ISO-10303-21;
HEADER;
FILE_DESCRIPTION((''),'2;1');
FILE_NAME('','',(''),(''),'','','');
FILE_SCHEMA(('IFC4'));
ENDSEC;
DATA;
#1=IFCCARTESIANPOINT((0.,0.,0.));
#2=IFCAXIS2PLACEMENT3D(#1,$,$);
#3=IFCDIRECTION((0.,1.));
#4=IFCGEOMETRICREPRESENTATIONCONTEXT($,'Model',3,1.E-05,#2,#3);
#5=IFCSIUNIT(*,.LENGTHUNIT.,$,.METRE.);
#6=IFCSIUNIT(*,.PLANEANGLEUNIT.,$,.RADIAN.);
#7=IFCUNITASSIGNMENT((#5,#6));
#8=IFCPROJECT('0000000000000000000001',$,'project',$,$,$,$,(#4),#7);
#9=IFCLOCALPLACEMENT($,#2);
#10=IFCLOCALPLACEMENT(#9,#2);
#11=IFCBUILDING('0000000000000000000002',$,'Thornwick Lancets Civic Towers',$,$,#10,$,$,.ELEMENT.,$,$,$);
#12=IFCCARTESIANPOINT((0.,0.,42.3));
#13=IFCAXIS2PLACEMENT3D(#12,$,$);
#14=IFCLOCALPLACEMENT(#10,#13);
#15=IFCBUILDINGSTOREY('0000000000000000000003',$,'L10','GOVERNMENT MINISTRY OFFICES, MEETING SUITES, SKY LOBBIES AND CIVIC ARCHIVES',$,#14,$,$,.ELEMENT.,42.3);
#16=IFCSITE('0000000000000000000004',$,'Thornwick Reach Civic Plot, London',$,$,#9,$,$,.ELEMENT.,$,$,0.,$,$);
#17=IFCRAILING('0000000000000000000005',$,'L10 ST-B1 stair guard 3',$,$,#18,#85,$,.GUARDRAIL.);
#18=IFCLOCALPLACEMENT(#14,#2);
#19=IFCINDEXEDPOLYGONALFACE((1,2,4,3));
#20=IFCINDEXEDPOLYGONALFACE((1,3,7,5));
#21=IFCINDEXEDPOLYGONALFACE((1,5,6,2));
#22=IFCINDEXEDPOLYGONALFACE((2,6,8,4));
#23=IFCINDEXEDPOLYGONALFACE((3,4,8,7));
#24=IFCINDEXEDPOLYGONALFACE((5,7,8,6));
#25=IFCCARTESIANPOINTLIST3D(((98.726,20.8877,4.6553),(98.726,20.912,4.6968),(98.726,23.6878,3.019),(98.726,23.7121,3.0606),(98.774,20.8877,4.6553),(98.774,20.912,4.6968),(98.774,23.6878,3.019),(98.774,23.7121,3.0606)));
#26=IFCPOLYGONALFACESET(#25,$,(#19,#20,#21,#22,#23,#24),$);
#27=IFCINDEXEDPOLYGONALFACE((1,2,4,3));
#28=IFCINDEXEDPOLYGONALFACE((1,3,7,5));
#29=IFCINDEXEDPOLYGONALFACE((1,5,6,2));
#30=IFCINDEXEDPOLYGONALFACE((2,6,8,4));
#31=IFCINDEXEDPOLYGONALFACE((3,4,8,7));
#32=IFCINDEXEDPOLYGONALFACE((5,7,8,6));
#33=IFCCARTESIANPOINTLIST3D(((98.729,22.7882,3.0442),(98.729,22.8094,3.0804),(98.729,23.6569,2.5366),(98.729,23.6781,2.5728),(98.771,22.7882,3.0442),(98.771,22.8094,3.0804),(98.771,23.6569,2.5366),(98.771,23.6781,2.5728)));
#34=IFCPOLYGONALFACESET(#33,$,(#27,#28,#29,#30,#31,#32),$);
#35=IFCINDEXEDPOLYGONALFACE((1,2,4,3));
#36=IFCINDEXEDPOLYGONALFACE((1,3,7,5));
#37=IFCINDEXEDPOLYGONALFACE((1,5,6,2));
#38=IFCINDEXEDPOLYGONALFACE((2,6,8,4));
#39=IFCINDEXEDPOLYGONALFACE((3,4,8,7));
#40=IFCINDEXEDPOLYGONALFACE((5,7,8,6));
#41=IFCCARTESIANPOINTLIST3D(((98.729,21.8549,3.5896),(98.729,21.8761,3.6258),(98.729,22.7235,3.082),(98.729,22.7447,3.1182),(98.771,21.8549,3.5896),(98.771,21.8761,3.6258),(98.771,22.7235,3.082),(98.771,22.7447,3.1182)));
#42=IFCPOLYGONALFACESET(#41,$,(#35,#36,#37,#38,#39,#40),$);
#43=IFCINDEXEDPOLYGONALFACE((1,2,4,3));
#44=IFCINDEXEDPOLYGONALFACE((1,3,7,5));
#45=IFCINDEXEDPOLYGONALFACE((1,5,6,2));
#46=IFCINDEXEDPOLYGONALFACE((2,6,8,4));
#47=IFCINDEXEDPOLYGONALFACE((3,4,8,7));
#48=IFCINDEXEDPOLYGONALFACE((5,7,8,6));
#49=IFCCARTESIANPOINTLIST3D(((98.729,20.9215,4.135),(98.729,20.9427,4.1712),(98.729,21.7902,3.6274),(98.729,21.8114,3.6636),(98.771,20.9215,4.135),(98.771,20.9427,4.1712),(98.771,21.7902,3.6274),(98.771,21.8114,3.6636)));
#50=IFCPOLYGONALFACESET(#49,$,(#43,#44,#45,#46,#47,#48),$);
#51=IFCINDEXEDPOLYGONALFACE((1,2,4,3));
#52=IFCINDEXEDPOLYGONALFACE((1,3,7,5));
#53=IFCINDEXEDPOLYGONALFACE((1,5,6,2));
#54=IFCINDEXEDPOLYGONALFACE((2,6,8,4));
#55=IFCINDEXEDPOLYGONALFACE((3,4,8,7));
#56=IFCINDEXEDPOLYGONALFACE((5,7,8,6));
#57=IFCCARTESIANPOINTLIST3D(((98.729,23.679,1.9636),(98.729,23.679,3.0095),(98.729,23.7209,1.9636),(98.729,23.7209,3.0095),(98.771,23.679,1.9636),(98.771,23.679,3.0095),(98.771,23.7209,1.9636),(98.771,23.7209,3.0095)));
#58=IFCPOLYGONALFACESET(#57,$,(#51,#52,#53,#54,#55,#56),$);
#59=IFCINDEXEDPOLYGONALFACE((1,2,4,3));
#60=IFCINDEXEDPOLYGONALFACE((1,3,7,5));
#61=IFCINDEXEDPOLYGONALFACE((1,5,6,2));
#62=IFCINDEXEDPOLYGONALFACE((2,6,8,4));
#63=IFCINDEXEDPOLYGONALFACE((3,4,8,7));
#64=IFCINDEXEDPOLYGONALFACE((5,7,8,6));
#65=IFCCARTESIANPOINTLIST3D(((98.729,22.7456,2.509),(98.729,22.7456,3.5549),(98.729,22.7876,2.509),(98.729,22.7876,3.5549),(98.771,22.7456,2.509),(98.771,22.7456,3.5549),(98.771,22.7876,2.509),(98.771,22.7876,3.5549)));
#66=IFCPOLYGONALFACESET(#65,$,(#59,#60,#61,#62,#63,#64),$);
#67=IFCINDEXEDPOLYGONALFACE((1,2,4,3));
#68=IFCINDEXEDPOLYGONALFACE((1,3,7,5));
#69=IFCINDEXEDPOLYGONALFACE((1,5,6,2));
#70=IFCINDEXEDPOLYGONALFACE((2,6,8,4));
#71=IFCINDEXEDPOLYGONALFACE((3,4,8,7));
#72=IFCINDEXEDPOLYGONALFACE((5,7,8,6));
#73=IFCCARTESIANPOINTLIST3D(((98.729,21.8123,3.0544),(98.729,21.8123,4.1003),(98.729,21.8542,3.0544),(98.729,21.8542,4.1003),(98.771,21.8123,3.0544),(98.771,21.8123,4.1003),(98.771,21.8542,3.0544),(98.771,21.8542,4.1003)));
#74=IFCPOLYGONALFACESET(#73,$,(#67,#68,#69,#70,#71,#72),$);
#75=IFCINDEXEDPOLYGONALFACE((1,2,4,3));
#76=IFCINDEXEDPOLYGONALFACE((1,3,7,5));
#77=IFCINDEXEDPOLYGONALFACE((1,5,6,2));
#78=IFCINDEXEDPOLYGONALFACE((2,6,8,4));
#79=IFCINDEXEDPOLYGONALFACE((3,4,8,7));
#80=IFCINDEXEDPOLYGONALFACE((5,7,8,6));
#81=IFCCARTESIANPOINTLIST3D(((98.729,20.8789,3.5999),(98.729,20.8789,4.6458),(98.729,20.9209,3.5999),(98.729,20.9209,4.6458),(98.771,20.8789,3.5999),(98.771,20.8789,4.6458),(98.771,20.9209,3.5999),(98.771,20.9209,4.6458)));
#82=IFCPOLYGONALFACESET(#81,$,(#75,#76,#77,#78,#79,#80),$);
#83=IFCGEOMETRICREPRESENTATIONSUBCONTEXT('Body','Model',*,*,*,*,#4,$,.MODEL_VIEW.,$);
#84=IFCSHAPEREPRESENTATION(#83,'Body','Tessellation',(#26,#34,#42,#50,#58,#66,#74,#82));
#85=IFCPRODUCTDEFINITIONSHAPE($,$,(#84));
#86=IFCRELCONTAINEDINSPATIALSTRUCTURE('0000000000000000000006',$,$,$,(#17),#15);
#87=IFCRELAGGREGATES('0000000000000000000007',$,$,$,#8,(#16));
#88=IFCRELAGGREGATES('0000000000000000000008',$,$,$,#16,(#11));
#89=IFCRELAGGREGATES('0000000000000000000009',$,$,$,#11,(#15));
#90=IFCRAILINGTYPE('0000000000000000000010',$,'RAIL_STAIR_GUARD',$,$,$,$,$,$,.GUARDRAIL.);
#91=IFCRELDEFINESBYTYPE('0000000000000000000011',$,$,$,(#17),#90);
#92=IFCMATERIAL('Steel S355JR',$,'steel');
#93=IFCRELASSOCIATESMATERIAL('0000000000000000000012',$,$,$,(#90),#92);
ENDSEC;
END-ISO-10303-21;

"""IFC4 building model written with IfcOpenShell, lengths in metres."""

from ifc_helpers import new_model, si_unit, direction, frame, origin, origin_2d, place, context, subcontext, project, spatial, rectangle, extrude, material, type_object, element, save


model = new_model("IFC4")

# Units and contexts
model_context = context("Model", 3, precision=1e-05, world=origin(), true_north=direction((0.0, 1.0)))
body_context = subcontext(model_context, "Body", "Model", "MODEL_VIEW")
ifc_project = project(units=[si_unit("LENGTHUNIT", "METRE"), si_unit("PLANEANGLEUNIT", "RADIAN")], contexts=[model_context])

# Site, building, storey
site_placement = place(None, origin())
site = spatial("IfcSite", under=ifc_project, at=site_placement, Name="Thornwick Reach Civic Plot, London", CompositionType="ELEMENT", RefElevation=0.0)
building_placement = place(site_placement, origin())
building = spatial("IfcBuilding", under=site, at=building_placement, Name="Thornwick Lancets Civic Towers", CompositionType="ELEMENT")
storey_placement = place(building_placement, frame((0.0, 0.0, 42.3)))
storey = spatial("IfcBuildingStorey", under=building, at=storey_placement, Name="L10", Description="GOVERNMENT MINISTRY OFFICES, MEETING SUITES, SKY LOBBIES AND CIVIC ARCHIVES", CompositionType="ELEMENT", Elevation=42.3)

# Railing
ifc_material_1 = material(Name="Steel S355JR", Category="steel")
railing_type_1 = type_object("IfcRailingType", Name="RAIL_STAIR_GUARD", PredefinedType="GUARDRAIL", material=ifc_material_1)
railing_1_placement = place(storey_placement, frame((98.75, 23.7, 1.9636)))
element("IfcRailing", 1, at=railing_1_placement, inside=storey, type_object=railing_type_1, Name="L10 ST-B1 stair guard 3", PredefinedType="GUARDRAIL", context=body_context, shape_type="SweptSolid", body=[
    extrude(rectangle(XDim=0.0481, YDim=0.0481, at=origin_2d()), frame((0.0, 0.0, 1.0762), z_axis=(0.0, -0.863394, 0.504531), x_axis=(1.0, 0.0, 0.0)), (0.0, 0.0, 1.0), 3.2432),
    extrude(rectangle(XDim=0.042, YDim=0.042, at=origin_2d()), frame((0.0, -0.0325, 0.5911), z_axis=(0.0, -0.863394, 0.504531), x_axis=(1.0, 0.0, 0.0)), (0.0, 0.0, 1.0), 1.0061),
    extrude(rectangle(XDim=0.042, YDim=0.042, at=origin_2d()), frame((0.0, -0.9658, 1.1365), z_axis=(0.0, -0.863394, 0.504531), x_axis=(1.0, 0.0, 0.0)), (0.0, 0.0, 1.0), 1.0061),
    extrude(rectangle(XDim=0.042, YDim=0.042, at=origin_2d()), frame((0.0, -1.8992, 1.6819), z_axis=(0.0, -0.863394, 0.504531), x_axis=(1.0, 0.0, 0.0)), (0.0, 0.0, 1.0), 1.0061),
    extrude(rectangle(XDim=0.042, YDim=0.042, at=origin_2d()), origin(), (0.0, 0.0, 1.0), 1.0459),
    extrude(rectangle(XDim=0.042, YDim=0.042, at=origin_2d()), frame((0.0, -0.9333, 0.5454)), (0.0, 0.0, 1.0), 1.0459),
    extrude(rectangle(XDim=0.042, YDim=0.042, at=origin_2d()), frame((0.0, -1.8667, 1.0908)), (0.0, 0.0, 1.0), 1.0459),
    extrude(rectangle(XDim=0.042, YDim=0.042, at=origin_2d()), frame((0.0, -2.8, 1.6362)), (0.0, 0.0, 1.0), 1.0459),
])

save(model, "model.ifc")
